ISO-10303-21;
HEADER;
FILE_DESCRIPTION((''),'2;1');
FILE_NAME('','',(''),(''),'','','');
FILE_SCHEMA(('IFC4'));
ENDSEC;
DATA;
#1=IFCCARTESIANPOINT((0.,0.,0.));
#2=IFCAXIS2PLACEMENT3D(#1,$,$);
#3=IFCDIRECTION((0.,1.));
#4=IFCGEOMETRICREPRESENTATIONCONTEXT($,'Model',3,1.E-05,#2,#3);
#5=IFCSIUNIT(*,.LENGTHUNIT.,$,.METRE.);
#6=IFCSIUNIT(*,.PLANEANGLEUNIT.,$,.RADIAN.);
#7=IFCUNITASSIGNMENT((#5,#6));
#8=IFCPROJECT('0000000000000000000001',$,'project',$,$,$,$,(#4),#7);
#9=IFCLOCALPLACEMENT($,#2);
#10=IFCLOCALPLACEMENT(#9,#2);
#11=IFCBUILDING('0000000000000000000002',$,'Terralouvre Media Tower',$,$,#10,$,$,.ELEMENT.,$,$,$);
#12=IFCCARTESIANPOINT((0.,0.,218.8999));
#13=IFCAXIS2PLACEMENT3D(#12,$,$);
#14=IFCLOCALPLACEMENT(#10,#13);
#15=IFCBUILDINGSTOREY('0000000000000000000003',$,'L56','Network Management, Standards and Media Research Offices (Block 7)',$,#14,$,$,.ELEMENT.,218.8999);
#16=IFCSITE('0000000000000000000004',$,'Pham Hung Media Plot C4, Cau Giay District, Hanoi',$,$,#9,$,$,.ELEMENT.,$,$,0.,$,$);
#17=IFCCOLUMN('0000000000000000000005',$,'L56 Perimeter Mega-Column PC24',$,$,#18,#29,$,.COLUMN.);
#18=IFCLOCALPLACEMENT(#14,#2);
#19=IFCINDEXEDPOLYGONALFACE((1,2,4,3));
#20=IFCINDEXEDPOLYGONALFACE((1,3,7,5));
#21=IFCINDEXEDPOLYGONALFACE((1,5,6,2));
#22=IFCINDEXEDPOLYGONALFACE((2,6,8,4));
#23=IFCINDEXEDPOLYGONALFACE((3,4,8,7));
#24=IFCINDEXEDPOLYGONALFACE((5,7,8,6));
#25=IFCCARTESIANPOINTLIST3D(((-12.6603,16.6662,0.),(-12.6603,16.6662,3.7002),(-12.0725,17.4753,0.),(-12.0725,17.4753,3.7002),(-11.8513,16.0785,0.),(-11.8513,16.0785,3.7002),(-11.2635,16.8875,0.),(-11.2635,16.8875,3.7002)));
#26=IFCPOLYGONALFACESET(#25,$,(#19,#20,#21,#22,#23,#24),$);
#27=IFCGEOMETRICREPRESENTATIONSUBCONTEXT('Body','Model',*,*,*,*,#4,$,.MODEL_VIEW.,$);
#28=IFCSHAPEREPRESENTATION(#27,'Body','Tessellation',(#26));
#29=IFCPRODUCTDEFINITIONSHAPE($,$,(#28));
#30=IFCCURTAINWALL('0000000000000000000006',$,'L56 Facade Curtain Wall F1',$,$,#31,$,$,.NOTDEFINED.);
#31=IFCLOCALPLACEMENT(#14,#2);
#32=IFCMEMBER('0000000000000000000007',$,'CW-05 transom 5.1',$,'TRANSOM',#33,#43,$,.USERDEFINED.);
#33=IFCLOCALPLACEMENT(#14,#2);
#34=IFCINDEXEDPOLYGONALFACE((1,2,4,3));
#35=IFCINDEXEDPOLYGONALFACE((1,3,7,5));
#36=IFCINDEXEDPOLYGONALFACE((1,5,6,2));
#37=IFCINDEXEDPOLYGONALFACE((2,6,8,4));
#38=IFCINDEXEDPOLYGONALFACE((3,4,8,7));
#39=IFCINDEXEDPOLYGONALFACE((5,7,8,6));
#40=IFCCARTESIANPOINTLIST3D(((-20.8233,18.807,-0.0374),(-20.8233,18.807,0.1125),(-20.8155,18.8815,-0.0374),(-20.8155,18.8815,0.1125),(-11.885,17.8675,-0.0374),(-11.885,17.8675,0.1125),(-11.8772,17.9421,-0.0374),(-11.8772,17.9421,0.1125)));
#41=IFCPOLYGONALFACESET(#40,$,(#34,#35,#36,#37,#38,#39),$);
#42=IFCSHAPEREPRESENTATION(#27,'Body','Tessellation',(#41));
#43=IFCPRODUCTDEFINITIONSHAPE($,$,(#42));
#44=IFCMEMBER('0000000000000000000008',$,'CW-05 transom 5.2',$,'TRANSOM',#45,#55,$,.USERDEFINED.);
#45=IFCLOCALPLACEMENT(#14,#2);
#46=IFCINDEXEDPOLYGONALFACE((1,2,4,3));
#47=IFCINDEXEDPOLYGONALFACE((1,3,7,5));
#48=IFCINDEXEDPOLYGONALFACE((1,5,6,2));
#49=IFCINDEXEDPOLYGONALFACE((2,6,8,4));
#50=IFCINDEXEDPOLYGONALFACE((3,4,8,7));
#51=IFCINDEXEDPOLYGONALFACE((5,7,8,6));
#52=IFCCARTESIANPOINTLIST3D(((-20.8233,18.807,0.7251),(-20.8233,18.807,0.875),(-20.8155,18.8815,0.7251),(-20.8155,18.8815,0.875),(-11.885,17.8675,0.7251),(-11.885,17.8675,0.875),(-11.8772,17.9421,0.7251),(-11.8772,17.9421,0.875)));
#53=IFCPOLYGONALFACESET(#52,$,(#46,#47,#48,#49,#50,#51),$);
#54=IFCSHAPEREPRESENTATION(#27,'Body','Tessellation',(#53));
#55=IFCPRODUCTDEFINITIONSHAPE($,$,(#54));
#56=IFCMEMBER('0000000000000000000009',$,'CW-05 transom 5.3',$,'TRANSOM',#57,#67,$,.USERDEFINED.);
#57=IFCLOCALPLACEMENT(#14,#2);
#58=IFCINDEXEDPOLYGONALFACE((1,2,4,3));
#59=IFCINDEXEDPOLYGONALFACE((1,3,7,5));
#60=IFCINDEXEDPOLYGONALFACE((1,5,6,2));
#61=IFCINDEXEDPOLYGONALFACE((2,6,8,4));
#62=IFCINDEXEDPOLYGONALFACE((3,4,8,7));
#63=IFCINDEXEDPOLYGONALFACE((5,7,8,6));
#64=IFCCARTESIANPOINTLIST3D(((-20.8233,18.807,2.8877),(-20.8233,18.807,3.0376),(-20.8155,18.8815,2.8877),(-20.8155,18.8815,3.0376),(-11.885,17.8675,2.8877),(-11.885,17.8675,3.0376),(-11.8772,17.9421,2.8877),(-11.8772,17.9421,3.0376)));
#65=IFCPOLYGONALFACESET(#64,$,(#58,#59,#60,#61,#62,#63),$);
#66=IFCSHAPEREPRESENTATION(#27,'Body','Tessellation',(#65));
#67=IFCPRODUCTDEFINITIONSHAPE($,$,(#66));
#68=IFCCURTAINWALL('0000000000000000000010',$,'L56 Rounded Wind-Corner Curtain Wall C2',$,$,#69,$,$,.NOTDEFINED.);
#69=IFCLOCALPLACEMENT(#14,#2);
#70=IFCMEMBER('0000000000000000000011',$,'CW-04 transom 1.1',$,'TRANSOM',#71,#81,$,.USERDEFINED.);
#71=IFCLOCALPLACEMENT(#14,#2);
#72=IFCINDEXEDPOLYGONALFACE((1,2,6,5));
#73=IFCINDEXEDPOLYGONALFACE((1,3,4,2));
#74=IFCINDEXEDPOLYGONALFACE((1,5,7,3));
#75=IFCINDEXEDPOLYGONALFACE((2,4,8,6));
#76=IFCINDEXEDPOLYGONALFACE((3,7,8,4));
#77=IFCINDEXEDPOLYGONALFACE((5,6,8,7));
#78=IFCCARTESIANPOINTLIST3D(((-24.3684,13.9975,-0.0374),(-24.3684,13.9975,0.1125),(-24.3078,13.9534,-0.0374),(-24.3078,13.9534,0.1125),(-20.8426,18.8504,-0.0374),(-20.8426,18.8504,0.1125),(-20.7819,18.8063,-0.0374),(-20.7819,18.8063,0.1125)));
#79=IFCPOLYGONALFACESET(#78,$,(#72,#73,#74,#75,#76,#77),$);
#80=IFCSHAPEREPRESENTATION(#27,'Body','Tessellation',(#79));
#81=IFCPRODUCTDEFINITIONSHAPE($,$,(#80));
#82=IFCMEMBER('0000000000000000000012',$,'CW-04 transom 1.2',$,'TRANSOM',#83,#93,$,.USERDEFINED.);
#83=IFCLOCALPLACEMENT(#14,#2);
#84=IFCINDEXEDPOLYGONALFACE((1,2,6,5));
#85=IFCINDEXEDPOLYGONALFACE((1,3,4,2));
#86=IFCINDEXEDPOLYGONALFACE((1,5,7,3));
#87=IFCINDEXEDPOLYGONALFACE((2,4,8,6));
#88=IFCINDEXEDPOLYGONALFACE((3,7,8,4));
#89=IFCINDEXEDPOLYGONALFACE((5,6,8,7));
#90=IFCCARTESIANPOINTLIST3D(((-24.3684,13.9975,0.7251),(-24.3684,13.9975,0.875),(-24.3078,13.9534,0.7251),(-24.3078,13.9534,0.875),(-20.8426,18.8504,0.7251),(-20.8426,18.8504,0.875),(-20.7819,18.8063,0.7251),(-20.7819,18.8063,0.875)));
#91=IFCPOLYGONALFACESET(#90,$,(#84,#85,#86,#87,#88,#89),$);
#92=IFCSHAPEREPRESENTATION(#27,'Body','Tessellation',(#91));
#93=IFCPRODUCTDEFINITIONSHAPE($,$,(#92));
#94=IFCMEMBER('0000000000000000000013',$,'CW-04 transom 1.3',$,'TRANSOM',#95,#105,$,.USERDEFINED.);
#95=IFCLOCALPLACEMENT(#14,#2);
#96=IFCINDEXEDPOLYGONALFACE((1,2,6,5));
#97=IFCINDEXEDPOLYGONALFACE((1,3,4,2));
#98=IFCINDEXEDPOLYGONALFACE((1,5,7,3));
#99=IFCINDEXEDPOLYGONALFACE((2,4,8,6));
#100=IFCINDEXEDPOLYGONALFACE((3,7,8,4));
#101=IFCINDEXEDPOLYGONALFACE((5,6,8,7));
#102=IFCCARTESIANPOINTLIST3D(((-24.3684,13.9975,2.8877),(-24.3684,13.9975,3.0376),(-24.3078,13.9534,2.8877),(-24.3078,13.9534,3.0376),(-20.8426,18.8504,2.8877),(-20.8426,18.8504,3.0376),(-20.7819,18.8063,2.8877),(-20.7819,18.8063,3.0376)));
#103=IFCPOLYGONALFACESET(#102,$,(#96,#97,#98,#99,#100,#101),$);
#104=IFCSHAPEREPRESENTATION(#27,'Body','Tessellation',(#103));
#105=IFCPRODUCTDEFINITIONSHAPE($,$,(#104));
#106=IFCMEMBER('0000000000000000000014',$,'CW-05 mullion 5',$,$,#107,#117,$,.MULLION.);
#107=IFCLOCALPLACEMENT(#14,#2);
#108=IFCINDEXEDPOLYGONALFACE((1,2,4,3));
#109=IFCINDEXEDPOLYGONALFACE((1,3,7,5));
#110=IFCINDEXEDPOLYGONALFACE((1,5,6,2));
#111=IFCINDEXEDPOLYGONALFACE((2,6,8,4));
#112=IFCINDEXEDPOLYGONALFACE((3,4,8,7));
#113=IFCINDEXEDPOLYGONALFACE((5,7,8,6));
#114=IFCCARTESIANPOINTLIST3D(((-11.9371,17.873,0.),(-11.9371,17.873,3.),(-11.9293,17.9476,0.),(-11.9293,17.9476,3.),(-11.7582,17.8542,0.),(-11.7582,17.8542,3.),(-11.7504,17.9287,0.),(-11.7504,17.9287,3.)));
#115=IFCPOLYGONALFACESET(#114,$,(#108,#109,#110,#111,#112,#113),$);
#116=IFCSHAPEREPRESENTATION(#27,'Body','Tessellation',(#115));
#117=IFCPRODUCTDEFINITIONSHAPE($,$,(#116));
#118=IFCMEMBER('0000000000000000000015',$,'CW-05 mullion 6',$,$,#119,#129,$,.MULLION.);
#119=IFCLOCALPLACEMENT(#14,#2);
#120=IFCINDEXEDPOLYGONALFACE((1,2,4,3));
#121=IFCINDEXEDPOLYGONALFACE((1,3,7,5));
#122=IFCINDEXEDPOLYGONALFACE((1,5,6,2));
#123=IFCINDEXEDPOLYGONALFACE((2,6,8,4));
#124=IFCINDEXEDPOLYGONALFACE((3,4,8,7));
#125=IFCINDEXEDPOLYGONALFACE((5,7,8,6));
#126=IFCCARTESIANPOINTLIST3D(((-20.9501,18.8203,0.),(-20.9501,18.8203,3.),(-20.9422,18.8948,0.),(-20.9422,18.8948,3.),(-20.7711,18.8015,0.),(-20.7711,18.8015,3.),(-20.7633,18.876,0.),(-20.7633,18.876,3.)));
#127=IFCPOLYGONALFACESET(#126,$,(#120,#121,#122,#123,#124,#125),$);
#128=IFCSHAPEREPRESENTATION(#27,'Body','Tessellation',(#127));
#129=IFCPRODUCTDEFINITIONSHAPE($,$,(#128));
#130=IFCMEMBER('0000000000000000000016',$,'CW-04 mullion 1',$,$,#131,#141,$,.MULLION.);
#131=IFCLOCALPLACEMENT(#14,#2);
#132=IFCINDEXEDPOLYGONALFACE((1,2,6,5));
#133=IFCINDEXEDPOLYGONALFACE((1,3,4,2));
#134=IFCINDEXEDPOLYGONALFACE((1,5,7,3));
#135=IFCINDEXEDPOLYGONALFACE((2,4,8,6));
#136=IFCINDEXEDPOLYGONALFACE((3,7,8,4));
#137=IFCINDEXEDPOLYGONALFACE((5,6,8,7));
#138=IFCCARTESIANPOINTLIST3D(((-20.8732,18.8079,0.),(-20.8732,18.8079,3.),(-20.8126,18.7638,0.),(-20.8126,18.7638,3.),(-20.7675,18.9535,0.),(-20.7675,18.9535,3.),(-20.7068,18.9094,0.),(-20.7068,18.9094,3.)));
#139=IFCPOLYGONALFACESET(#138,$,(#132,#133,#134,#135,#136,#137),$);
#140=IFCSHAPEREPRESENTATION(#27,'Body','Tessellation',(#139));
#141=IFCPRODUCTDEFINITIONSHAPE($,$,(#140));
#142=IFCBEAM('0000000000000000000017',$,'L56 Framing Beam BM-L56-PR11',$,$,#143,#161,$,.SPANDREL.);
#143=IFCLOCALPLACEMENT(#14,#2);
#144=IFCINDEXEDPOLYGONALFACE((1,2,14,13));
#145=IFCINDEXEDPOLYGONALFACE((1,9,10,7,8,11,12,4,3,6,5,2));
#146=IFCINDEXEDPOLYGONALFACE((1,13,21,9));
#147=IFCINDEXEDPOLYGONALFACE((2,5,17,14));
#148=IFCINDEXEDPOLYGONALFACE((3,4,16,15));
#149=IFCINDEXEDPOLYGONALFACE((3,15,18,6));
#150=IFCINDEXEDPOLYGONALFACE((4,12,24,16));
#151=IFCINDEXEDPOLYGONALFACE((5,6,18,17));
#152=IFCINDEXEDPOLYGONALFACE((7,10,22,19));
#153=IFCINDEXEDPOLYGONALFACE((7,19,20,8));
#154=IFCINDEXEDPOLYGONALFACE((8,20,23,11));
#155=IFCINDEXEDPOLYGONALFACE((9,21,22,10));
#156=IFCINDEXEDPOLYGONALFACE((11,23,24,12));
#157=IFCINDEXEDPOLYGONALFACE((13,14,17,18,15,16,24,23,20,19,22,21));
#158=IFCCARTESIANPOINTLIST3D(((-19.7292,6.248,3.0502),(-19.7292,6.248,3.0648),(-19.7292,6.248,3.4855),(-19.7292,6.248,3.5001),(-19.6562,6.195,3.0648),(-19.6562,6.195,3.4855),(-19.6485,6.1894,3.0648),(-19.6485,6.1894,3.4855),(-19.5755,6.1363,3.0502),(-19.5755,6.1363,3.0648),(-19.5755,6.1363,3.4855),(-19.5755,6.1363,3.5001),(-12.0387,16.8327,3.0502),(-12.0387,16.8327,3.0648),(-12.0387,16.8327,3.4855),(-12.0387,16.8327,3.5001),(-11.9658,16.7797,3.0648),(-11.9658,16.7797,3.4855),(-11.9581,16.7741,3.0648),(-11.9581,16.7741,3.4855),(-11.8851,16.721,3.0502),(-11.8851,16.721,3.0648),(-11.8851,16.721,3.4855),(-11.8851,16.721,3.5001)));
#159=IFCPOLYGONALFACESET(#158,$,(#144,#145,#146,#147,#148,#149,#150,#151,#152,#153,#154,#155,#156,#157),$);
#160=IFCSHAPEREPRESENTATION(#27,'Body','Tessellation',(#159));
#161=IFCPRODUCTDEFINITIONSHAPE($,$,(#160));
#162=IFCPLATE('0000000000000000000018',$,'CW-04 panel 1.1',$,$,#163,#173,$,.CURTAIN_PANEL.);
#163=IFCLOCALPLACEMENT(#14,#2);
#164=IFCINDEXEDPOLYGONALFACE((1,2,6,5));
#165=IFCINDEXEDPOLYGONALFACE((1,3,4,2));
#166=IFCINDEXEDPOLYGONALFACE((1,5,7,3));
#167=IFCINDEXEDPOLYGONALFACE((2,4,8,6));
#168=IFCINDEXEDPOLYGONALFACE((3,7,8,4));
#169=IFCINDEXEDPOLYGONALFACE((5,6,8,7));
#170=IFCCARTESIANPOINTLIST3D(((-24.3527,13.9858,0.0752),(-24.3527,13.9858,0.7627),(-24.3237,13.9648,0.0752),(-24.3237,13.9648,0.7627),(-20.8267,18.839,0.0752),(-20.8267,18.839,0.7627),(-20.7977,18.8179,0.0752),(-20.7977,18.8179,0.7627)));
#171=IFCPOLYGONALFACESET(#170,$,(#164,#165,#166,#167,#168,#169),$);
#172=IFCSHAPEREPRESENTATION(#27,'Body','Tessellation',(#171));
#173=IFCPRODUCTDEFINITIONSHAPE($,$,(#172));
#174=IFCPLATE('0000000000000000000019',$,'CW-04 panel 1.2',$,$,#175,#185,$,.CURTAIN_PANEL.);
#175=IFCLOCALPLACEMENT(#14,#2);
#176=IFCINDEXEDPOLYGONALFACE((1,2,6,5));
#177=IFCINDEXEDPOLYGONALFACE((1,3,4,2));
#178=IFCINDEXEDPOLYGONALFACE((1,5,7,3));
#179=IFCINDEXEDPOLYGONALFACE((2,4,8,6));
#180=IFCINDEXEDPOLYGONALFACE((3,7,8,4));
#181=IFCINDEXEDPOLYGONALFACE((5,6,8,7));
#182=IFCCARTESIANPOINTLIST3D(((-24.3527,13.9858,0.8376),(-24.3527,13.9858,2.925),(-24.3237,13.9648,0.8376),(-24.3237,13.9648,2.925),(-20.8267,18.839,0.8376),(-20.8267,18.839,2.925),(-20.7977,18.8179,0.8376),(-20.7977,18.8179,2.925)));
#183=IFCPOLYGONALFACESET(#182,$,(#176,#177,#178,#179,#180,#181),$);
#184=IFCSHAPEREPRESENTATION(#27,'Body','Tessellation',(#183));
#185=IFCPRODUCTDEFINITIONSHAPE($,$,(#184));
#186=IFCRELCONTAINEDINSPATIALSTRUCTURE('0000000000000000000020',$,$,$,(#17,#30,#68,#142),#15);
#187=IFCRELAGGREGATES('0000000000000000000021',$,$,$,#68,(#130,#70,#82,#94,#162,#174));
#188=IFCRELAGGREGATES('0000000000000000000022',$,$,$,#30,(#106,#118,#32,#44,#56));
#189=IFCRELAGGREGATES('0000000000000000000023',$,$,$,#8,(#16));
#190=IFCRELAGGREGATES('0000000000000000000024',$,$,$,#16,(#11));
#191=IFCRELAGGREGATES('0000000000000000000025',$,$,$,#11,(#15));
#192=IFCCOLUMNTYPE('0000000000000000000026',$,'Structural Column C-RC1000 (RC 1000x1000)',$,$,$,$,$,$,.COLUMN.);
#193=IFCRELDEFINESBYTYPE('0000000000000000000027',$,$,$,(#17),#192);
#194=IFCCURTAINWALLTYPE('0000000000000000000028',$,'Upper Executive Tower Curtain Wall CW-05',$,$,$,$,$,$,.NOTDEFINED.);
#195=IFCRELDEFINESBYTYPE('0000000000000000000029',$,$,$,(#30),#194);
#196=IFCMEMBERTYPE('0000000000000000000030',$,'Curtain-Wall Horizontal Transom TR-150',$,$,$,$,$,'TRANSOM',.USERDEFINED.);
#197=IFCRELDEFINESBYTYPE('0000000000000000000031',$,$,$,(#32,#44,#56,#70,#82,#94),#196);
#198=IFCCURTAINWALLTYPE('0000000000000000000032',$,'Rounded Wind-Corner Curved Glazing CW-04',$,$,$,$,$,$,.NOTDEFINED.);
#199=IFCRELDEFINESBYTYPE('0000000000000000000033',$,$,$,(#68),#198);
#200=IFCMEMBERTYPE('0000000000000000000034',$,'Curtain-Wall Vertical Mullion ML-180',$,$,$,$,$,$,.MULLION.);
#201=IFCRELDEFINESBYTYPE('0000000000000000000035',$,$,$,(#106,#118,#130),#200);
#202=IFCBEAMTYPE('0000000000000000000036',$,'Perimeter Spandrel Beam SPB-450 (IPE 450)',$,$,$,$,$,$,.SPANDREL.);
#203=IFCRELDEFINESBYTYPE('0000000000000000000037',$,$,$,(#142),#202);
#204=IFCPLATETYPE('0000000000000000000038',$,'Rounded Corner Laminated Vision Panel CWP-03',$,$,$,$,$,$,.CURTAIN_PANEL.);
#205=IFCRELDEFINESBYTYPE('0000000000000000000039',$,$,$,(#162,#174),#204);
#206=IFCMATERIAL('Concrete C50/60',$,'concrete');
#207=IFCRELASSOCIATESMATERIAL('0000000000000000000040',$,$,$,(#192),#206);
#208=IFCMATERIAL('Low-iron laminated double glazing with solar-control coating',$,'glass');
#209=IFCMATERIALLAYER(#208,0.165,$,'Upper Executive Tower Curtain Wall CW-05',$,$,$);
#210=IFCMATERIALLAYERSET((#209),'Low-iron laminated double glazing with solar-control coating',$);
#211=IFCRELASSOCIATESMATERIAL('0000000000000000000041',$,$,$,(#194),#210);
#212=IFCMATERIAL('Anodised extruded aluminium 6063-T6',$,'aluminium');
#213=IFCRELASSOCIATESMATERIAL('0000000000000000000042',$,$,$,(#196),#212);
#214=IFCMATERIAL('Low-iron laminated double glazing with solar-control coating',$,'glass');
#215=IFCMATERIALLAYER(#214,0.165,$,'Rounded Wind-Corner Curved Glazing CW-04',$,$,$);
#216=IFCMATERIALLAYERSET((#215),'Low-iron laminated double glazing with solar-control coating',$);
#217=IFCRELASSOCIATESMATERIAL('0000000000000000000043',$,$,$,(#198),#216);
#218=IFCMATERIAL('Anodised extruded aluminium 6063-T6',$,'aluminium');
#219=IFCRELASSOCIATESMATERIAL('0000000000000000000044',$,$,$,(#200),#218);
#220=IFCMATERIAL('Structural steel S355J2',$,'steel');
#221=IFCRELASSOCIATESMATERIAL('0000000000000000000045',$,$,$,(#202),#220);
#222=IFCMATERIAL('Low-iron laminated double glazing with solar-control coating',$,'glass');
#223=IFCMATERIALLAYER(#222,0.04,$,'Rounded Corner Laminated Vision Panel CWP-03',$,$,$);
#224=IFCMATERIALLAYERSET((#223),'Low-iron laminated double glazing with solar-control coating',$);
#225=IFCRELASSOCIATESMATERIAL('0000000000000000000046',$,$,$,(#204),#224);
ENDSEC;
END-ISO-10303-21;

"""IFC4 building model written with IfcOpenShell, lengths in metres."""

from ifc_helpers import new_model, si_unit, direction, frame, origin, origin_2d, place, context, subcontext, project, spatial, rectangle, i_section, extrude, material, layer, layer_set, material_profile, profile_set, type_object, element, aggregate, save


model = new_model("IFC4")

# Units and contexts
model_context = context("Model", 3, precision=1e-05, world=origin(), true_north=direction((0.0, 1.0)))
body_context = subcontext(model_context, "Body", "Model", "MODEL_VIEW")
ifc_project = project(units=[si_unit("LENGTHUNIT", "METRE"), si_unit("PLANEANGLEUNIT", "RADIAN")], contexts=[model_context])

# Site, building, storey
site_placement = place(None, origin())
site = spatial("IfcSite", under=ifc_project, at=site_placement, Name="Pham Hung Media Plot C4, Cau Giay District, Hanoi", CompositionType="ELEMENT", RefElevation=0.0)
building_placement = place(site_placement, origin())
building = spatial("IfcBuilding", under=site, at=building_placement, Name="Terralouvre Media Tower", CompositionType="ELEMENT")
storey_placement = place(building_placement, frame((0.0, 0.0, 218.8999)))
storey = spatial("IfcBuildingStorey", under=building, at=storey_placement, Name="L56", Description="Network Management, Standards and Media Research Offices (Block 7)", CompositionType="ELEMENT", Elevation=218.8999)

# Column
ifc_material_1 = material(Name="Concrete C50/60", Category="concrete")
ifc_material_profile_1 = material_profile(ifc_material_1, rectangle(XDim=1.0, YDim=1.0, at=origin_2d()), Name="RC 1000x1000")
ifc_profile_set_1 = profile_set([ifc_material_profile_1], Name="Concrete C50/60")
column_type = type_object("IfcColumnType", Name="Structural Column C-RC1000 (RC 1000x1000)", PredefinedType="COLUMN", material=ifc_profile_set_1)
column_placement = place(storey_placement, frame((-11.9619, 16.7769, 0.0), z_axis=(0.0, 0.0, 1.0), x_axis=(0.587785, 0.809017, 0.0)))
element("IfcColumn", 1, at=column_placement, inside=storey, type_object=column_type, Name="L56 Perimeter Mega-Column PC24", PredefinedType="COLUMN", context=body_context, shape_type="SweptSolid", body=[
    extrude(rectangle(XDim=1.0, YDim=1.0, at=origin_2d()), origin(), (0.0, 0.0, 1.0), 3.7002),
])

# Curtain walls, members
ifc_material_2 = material(Name="Low-iron laminated double glazing with solar-control coating", Category="glass")
ifc_layer_1 = layer(ifc_material_2, 0.165, Name="Upper Executive Tower Curtain Wall CW-05")
ifc_layer_set_1 = layer_set([ifc_layer_1], Name="Low-iron laminated double glazing with solar-control coating")
curtain_wall_type_1 = type_object("IfcCurtainWallType", Name="Upper Executive Tower Curtain Wall CW-05", PredefinedType="NOTDEFINED", material=ifc_layer_set_1)
curtain_wall_1_placement = place(storey_placement, origin())
curtain_wall_1 = element("IfcCurtainWall", 2, at=curtain_wall_1_placement, inside=storey, type_object=curtain_wall_type_1, Name="L56 Facade Curtain Wall F1", PredefinedType="NOTDEFINED")
ifc_material_3 = material(Name="Anodised extruded aluminium 6063-T6", Category="aluminium")
ifc_material_profile_2 = material_profile(ifc_material_3, rectangle(XDim=0.075, YDim=0.1499, at=origin_2d()), Name="ALU 75x150")
ifc_profile_set_2 = profile_set([ifc_material_profile_2], Name="Anodised extruded aluminium 6063-T6")
member_type_1 = type_object("IfcMemberType", Name="Curtain-Wall Horizontal Transom TR-150", ElementType="TRANSOM", PredefinedType="USERDEFINED", material=ifc_profile_set_2)
member_1_placement = place(storey_placement, frame((-11.8811, 17.9048, 0.0376), z_axis=(-0.994522, 0.104529, 0.0), x_axis=(-0.104529, -0.994522, 0.0)))
member_1 = element("IfcMember", 3, at=member_1_placement, type_object=member_type_1, Name="CW-05 transom 5.1", ObjectType="TRANSOM", PredefinedType="USERDEFINED", context=body_context, shape_type="SweptSolid", body=[
    extrude(rectangle(XDim=0.075, YDim=0.1499, at=origin_2d()), origin(), (0.0, 0.0, 1.0), 8.9875),
])
member_2_placement = place(storey_placement, frame((-11.8811, 17.9048, 0.8), z_axis=(-0.994522, 0.104529, 0.0), x_axis=(-0.104529, -0.994522, 0.0)))
member_2 = element("IfcMember", 4, at=member_2_placement, type_object=member_type_1, Name="CW-05 transom 5.2", ObjectType="TRANSOM", PredefinedType="USERDEFINED", context=body_context, shape_type="SweptSolid", body=[
    extrude(rectangle(XDim=0.075, YDim=0.1499, at=origin_2d()), origin(), (0.0, 0.0, 1.0), 8.9875),
])
member_3_placement = place(storey_placement, frame((-11.8811, 17.9048, 2.9626), z_axis=(-0.994522, 0.104529, 0.0), x_axis=(-0.104529, -0.994522, 0.0)))
member_3 = element("IfcMember", 5, at=member_3_placement, type_object=member_type_1, Name="CW-05 transom 5.3", ObjectType="TRANSOM", PredefinedType="USERDEFINED", context=body_context, shape_type="SweptSolid", body=[
    extrude(rectangle(XDim=0.075, YDim=0.1499, at=origin_2d()), origin(), (0.0, 0.0, 1.0), 8.9875),
])
ifc_material_4 = material(Name="Low-iron laminated double glazing with solar-control coating", Category="glass")
ifc_layer_2 = layer(ifc_material_4, 0.165, Name="Rounded Wind-Corner Curved Glazing CW-04")
ifc_layer_set_2 = layer_set([ifc_layer_2], Name="Low-iron laminated double glazing with solar-control coating")
curtain_wall_type_2 = type_object("IfcCurtainWallType", Name="Rounded Wind-Corner Curved Glazing CW-04", PredefinedType="NOTDEFINED", material=ifc_layer_set_2)
curtain_wall_2_placement = place(storey_placement, origin())
curtain_wall_2 = element("IfcCurtainWall", 6, at=curtain_wall_2_placement, inside=storey, type_object=curtain_wall_type_2, Name="L56 Rounded Wind-Corner Curtain Wall C2", PredefinedType="NOTDEFINED")
member_4_placement = place(storey_placement, frame((-20.8123, 18.8284, 0.0376), z_axis=(-0.58778, -0.809021, 0.0), x_axis=(0.809021, -0.58778, 0.0)))
member_4 = element("IfcMember", 7, at=member_4_placement, type_object=member_type_1, Name="CW-04 transom 1.1", ObjectType="TRANSOM", PredefinedType="USERDEFINED", context=body_context, shape_type="SweptSolid", body=[
    extrude(rectangle(XDim=0.075, YDim=0.1499, at=origin_2d()), origin(), (0.0, 0.0, 1.0), 5.9985),
])
member_5_placement = place(storey_placement, frame((-20.8123, 18.8284, 0.8), z_axis=(-0.58778, -0.809021, 0.0), x_axis=(0.809021, -0.58778, 0.0)))
member_5 = element("IfcMember", 8, at=member_5_placement, type_object=member_type_1, Name="CW-04 transom 1.2", ObjectType="TRANSOM", PredefinedType="USERDEFINED", context=body_context, shape_type="SweptSolid", body=[
    extrude(rectangle(XDim=0.075, YDim=0.1499, at=origin_2d()), origin(), (0.0, 0.0, 1.0), 5.9985),
])
member_6_placement = place(storey_placement, frame((-20.8123, 18.8284, 2.9626), z_axis=(-0.58778, -0.809021, 0.0), x_axis=(0.809021, -0.58778, 0.0)))
member_6 = element("IfcMember", 9, at=member_6_placement, type_object=member_type_1, Name="CW-04 transom 1.3", ObjectType="TRANSOM", PredefinedType="USERDEFINED", context=body_context, shape_type="SweptSolid", body=[
    extrude(rectangle(XDim=0.075, YDim=0.1499, at=origin_2d()), origin(), (0.0, 0.0, 1.0), 5.9985),
])

# Members
ifc_material_5 = material(Name="Anodised extruded aluminium 6063-T6", Category="aluminium")
ifc_material_profile_3 = material_profile(ifc_material_5, rectangle(XDim=0.075, YDim=0.1799, at=origin_2d()), Name="ALU 75x180")
ifc_profile_set_3 = profile_set([ifc_material_profile_3], Name="Anodised extruded aluminium 6063-T6")
member_type_2 = type_object("IfcMemberType", Name="Curtain-Wall Vertical Mullion ML-180", PredefinedType="MULLION", material=ifc_profile_set_3)
member_7_placement = place(storey_placement, frame((-11.8438, 17.9009, 0.0), z_axis=(0.0, 0.0, 1.0), x_axis=(-0.104529, -0.994522, 0.0)))
member_7 = element("IfcMember", 10, at=member_7_placement, type_object=member_type_2, Name="CW-05 mullion 5", PredefinedType="MULLION", context=body_context, shape_type="SweptSolid", body=[
    extrude(rectangle(XDim=0.075, YDim=0.1799, at=origin_2d()), origin(), (0.0, 0.0, 1.0), 3.0),
])
member_8_placement = place(storey_placement, frame((-20.8567, 18.8481, 0.0), z_axis=(0.0, 0.0, 1.0), x_axis=(-0.104529, -0.994522, 0.0)))
member_8 = element("IfcMember", 11, at=member_8_placement, type_object=member_type_2, Name="CW-05 mullion 6", PredefinedType="MULLION", context=body_context, shape_type="SweptSolid", body=[
    extrude(rectangle(XDim=0.075, YDim=0.1799, at=origin_2d()), origin(), (0.0, 0.0, 1.0), 3.0),
])
member_9_placement = place(storey_placement, frame((-20.79, 18.8586, 0.0), z_axis=(0.0, 0.0, 1.0), x_axis=(0.809017, -0.587786, 0.0)))
member_9 = element("IfcMember", 12, at=member_9_placement, type_object=member_type_2, Name="CW-04 mullion 1", PredefinedType="MULLION", context=body_context, shape_type="SweptSolid", body=[
    extrude(rectangle(XDim=0.075, YDim=0.1799, at=origin_2d()), origin(), (0.0, 0.0, 1.0), 3.0),
])

# Beam
ifc_material_6 = material(Name="Structural steel S355J2", Category="steel")
ifc_material_profile_4 = material_profile(ifc_material_6, i_section(OverallWidth=0.1899, OverallDepth=0.45, WebThickness=0.0095, FlangeThickness=0.0146, at=origin_2d()), Name="IPE 450")
ifc_profile_set_4 = profile_set([ifc_material_profile_4], Name="Structural steel S355J2")
beam_type = type_object("IfcBeamType", Name="Perimeter Spandrel Beam SPB-450 (IPE 450)", PredefinedType="SPANDREL", material=ifc_profile_set_4)
beam_placement = place(storey_placement, frame((-11.9619, 16.7769, 3.2751), z_axis=(-0.587794, -0.80901, 0.0), x_axis=(0.80901, -0.587794, 0.0)))
element("IfcBeam", 13, at=beam_placement, inside=storey, type_object=beam_type, Name="L56 Framing Beam BM-L56-PR11", PredefinedType="SPANDREL", context=body_context, shape_type="SweptSolid", body=[
    extrude(i_section(OverallWidth=0.1899, OverallDepth=0.45, WebThickness=0.0095, FlangeThickness=0.0146, at=origin_2d()), origin(), (0.0, 0.0, 1.0), 13.0835),
])

# Plates
ifc_material_7 = material(Name="Low-iron laminated double glazing with solar-control coating", Category="glass")
ifc_layer_3 = layer(ifc_material_7, 0.04, Name="Rounded Corner Laminated Vision Panel CWP-03")
ifc_layer_set_3 = layer_set([ifc_layer_3], Name="Low-iron laminated double glazing with solar-control coating")
plate_type_1 = type_object("IfcPlateType", Name="Rounded Corner Laminated Vision Panel CWP-03", PredefinedType="CURTAIN_PANEL", material=ifc_layer_set_3)
plate_1_placement = place(storey_placement, frame((-22.5752, 16.4019, 0.0752), z_axis=(0.0, 0.0, 1.0), x_axis=(-0.587786, -0.809017, 0.0)))
plate_1 = element("IfcPlate", 14, at=plate_1_placement, type_object=plate_type_1, Name="CW-04 panel 1.1", PredefinedType="CURTAIN_PANEL", context=body_context, shape_type="SweptSolid", body=[
    extrude(rectangle(XDim=5.9988, YDim=0.0359, at=origin_2d()), origin(), (0.0, 0.0, 1.0), 0.6875),
])
plate_2_placement = place(storey_placement, frame((-22.5752, 16.4019, 0.8376), z_axis=(0.0, 0.0, 1.0), x_axis=(-0.587786, -0.809017, 0.0)))
plate_2 = element("IfcPlate", 15, at=plate_2_placement, type_object=plate_type_1, Name="CW-04 panel 1.2", PredefinedType="CURTAIN_PANEL", context=body_context, shape_type="SweptSolid", body=[
    extrude(rectangle(XDim=5.9988, YDim=0.0359, at=origin_2d()), origin(), (0.0, 0.0, 1.0), 2.0874),
])
aggregate(curtain_wall_2, [member_9, member_4, member_5, member_6, plate_1, plate_2])
aggregate(curtain_wall_1, [member_7, member_8, member_1, member_2, member_3])

save(model, "model.ifc")
